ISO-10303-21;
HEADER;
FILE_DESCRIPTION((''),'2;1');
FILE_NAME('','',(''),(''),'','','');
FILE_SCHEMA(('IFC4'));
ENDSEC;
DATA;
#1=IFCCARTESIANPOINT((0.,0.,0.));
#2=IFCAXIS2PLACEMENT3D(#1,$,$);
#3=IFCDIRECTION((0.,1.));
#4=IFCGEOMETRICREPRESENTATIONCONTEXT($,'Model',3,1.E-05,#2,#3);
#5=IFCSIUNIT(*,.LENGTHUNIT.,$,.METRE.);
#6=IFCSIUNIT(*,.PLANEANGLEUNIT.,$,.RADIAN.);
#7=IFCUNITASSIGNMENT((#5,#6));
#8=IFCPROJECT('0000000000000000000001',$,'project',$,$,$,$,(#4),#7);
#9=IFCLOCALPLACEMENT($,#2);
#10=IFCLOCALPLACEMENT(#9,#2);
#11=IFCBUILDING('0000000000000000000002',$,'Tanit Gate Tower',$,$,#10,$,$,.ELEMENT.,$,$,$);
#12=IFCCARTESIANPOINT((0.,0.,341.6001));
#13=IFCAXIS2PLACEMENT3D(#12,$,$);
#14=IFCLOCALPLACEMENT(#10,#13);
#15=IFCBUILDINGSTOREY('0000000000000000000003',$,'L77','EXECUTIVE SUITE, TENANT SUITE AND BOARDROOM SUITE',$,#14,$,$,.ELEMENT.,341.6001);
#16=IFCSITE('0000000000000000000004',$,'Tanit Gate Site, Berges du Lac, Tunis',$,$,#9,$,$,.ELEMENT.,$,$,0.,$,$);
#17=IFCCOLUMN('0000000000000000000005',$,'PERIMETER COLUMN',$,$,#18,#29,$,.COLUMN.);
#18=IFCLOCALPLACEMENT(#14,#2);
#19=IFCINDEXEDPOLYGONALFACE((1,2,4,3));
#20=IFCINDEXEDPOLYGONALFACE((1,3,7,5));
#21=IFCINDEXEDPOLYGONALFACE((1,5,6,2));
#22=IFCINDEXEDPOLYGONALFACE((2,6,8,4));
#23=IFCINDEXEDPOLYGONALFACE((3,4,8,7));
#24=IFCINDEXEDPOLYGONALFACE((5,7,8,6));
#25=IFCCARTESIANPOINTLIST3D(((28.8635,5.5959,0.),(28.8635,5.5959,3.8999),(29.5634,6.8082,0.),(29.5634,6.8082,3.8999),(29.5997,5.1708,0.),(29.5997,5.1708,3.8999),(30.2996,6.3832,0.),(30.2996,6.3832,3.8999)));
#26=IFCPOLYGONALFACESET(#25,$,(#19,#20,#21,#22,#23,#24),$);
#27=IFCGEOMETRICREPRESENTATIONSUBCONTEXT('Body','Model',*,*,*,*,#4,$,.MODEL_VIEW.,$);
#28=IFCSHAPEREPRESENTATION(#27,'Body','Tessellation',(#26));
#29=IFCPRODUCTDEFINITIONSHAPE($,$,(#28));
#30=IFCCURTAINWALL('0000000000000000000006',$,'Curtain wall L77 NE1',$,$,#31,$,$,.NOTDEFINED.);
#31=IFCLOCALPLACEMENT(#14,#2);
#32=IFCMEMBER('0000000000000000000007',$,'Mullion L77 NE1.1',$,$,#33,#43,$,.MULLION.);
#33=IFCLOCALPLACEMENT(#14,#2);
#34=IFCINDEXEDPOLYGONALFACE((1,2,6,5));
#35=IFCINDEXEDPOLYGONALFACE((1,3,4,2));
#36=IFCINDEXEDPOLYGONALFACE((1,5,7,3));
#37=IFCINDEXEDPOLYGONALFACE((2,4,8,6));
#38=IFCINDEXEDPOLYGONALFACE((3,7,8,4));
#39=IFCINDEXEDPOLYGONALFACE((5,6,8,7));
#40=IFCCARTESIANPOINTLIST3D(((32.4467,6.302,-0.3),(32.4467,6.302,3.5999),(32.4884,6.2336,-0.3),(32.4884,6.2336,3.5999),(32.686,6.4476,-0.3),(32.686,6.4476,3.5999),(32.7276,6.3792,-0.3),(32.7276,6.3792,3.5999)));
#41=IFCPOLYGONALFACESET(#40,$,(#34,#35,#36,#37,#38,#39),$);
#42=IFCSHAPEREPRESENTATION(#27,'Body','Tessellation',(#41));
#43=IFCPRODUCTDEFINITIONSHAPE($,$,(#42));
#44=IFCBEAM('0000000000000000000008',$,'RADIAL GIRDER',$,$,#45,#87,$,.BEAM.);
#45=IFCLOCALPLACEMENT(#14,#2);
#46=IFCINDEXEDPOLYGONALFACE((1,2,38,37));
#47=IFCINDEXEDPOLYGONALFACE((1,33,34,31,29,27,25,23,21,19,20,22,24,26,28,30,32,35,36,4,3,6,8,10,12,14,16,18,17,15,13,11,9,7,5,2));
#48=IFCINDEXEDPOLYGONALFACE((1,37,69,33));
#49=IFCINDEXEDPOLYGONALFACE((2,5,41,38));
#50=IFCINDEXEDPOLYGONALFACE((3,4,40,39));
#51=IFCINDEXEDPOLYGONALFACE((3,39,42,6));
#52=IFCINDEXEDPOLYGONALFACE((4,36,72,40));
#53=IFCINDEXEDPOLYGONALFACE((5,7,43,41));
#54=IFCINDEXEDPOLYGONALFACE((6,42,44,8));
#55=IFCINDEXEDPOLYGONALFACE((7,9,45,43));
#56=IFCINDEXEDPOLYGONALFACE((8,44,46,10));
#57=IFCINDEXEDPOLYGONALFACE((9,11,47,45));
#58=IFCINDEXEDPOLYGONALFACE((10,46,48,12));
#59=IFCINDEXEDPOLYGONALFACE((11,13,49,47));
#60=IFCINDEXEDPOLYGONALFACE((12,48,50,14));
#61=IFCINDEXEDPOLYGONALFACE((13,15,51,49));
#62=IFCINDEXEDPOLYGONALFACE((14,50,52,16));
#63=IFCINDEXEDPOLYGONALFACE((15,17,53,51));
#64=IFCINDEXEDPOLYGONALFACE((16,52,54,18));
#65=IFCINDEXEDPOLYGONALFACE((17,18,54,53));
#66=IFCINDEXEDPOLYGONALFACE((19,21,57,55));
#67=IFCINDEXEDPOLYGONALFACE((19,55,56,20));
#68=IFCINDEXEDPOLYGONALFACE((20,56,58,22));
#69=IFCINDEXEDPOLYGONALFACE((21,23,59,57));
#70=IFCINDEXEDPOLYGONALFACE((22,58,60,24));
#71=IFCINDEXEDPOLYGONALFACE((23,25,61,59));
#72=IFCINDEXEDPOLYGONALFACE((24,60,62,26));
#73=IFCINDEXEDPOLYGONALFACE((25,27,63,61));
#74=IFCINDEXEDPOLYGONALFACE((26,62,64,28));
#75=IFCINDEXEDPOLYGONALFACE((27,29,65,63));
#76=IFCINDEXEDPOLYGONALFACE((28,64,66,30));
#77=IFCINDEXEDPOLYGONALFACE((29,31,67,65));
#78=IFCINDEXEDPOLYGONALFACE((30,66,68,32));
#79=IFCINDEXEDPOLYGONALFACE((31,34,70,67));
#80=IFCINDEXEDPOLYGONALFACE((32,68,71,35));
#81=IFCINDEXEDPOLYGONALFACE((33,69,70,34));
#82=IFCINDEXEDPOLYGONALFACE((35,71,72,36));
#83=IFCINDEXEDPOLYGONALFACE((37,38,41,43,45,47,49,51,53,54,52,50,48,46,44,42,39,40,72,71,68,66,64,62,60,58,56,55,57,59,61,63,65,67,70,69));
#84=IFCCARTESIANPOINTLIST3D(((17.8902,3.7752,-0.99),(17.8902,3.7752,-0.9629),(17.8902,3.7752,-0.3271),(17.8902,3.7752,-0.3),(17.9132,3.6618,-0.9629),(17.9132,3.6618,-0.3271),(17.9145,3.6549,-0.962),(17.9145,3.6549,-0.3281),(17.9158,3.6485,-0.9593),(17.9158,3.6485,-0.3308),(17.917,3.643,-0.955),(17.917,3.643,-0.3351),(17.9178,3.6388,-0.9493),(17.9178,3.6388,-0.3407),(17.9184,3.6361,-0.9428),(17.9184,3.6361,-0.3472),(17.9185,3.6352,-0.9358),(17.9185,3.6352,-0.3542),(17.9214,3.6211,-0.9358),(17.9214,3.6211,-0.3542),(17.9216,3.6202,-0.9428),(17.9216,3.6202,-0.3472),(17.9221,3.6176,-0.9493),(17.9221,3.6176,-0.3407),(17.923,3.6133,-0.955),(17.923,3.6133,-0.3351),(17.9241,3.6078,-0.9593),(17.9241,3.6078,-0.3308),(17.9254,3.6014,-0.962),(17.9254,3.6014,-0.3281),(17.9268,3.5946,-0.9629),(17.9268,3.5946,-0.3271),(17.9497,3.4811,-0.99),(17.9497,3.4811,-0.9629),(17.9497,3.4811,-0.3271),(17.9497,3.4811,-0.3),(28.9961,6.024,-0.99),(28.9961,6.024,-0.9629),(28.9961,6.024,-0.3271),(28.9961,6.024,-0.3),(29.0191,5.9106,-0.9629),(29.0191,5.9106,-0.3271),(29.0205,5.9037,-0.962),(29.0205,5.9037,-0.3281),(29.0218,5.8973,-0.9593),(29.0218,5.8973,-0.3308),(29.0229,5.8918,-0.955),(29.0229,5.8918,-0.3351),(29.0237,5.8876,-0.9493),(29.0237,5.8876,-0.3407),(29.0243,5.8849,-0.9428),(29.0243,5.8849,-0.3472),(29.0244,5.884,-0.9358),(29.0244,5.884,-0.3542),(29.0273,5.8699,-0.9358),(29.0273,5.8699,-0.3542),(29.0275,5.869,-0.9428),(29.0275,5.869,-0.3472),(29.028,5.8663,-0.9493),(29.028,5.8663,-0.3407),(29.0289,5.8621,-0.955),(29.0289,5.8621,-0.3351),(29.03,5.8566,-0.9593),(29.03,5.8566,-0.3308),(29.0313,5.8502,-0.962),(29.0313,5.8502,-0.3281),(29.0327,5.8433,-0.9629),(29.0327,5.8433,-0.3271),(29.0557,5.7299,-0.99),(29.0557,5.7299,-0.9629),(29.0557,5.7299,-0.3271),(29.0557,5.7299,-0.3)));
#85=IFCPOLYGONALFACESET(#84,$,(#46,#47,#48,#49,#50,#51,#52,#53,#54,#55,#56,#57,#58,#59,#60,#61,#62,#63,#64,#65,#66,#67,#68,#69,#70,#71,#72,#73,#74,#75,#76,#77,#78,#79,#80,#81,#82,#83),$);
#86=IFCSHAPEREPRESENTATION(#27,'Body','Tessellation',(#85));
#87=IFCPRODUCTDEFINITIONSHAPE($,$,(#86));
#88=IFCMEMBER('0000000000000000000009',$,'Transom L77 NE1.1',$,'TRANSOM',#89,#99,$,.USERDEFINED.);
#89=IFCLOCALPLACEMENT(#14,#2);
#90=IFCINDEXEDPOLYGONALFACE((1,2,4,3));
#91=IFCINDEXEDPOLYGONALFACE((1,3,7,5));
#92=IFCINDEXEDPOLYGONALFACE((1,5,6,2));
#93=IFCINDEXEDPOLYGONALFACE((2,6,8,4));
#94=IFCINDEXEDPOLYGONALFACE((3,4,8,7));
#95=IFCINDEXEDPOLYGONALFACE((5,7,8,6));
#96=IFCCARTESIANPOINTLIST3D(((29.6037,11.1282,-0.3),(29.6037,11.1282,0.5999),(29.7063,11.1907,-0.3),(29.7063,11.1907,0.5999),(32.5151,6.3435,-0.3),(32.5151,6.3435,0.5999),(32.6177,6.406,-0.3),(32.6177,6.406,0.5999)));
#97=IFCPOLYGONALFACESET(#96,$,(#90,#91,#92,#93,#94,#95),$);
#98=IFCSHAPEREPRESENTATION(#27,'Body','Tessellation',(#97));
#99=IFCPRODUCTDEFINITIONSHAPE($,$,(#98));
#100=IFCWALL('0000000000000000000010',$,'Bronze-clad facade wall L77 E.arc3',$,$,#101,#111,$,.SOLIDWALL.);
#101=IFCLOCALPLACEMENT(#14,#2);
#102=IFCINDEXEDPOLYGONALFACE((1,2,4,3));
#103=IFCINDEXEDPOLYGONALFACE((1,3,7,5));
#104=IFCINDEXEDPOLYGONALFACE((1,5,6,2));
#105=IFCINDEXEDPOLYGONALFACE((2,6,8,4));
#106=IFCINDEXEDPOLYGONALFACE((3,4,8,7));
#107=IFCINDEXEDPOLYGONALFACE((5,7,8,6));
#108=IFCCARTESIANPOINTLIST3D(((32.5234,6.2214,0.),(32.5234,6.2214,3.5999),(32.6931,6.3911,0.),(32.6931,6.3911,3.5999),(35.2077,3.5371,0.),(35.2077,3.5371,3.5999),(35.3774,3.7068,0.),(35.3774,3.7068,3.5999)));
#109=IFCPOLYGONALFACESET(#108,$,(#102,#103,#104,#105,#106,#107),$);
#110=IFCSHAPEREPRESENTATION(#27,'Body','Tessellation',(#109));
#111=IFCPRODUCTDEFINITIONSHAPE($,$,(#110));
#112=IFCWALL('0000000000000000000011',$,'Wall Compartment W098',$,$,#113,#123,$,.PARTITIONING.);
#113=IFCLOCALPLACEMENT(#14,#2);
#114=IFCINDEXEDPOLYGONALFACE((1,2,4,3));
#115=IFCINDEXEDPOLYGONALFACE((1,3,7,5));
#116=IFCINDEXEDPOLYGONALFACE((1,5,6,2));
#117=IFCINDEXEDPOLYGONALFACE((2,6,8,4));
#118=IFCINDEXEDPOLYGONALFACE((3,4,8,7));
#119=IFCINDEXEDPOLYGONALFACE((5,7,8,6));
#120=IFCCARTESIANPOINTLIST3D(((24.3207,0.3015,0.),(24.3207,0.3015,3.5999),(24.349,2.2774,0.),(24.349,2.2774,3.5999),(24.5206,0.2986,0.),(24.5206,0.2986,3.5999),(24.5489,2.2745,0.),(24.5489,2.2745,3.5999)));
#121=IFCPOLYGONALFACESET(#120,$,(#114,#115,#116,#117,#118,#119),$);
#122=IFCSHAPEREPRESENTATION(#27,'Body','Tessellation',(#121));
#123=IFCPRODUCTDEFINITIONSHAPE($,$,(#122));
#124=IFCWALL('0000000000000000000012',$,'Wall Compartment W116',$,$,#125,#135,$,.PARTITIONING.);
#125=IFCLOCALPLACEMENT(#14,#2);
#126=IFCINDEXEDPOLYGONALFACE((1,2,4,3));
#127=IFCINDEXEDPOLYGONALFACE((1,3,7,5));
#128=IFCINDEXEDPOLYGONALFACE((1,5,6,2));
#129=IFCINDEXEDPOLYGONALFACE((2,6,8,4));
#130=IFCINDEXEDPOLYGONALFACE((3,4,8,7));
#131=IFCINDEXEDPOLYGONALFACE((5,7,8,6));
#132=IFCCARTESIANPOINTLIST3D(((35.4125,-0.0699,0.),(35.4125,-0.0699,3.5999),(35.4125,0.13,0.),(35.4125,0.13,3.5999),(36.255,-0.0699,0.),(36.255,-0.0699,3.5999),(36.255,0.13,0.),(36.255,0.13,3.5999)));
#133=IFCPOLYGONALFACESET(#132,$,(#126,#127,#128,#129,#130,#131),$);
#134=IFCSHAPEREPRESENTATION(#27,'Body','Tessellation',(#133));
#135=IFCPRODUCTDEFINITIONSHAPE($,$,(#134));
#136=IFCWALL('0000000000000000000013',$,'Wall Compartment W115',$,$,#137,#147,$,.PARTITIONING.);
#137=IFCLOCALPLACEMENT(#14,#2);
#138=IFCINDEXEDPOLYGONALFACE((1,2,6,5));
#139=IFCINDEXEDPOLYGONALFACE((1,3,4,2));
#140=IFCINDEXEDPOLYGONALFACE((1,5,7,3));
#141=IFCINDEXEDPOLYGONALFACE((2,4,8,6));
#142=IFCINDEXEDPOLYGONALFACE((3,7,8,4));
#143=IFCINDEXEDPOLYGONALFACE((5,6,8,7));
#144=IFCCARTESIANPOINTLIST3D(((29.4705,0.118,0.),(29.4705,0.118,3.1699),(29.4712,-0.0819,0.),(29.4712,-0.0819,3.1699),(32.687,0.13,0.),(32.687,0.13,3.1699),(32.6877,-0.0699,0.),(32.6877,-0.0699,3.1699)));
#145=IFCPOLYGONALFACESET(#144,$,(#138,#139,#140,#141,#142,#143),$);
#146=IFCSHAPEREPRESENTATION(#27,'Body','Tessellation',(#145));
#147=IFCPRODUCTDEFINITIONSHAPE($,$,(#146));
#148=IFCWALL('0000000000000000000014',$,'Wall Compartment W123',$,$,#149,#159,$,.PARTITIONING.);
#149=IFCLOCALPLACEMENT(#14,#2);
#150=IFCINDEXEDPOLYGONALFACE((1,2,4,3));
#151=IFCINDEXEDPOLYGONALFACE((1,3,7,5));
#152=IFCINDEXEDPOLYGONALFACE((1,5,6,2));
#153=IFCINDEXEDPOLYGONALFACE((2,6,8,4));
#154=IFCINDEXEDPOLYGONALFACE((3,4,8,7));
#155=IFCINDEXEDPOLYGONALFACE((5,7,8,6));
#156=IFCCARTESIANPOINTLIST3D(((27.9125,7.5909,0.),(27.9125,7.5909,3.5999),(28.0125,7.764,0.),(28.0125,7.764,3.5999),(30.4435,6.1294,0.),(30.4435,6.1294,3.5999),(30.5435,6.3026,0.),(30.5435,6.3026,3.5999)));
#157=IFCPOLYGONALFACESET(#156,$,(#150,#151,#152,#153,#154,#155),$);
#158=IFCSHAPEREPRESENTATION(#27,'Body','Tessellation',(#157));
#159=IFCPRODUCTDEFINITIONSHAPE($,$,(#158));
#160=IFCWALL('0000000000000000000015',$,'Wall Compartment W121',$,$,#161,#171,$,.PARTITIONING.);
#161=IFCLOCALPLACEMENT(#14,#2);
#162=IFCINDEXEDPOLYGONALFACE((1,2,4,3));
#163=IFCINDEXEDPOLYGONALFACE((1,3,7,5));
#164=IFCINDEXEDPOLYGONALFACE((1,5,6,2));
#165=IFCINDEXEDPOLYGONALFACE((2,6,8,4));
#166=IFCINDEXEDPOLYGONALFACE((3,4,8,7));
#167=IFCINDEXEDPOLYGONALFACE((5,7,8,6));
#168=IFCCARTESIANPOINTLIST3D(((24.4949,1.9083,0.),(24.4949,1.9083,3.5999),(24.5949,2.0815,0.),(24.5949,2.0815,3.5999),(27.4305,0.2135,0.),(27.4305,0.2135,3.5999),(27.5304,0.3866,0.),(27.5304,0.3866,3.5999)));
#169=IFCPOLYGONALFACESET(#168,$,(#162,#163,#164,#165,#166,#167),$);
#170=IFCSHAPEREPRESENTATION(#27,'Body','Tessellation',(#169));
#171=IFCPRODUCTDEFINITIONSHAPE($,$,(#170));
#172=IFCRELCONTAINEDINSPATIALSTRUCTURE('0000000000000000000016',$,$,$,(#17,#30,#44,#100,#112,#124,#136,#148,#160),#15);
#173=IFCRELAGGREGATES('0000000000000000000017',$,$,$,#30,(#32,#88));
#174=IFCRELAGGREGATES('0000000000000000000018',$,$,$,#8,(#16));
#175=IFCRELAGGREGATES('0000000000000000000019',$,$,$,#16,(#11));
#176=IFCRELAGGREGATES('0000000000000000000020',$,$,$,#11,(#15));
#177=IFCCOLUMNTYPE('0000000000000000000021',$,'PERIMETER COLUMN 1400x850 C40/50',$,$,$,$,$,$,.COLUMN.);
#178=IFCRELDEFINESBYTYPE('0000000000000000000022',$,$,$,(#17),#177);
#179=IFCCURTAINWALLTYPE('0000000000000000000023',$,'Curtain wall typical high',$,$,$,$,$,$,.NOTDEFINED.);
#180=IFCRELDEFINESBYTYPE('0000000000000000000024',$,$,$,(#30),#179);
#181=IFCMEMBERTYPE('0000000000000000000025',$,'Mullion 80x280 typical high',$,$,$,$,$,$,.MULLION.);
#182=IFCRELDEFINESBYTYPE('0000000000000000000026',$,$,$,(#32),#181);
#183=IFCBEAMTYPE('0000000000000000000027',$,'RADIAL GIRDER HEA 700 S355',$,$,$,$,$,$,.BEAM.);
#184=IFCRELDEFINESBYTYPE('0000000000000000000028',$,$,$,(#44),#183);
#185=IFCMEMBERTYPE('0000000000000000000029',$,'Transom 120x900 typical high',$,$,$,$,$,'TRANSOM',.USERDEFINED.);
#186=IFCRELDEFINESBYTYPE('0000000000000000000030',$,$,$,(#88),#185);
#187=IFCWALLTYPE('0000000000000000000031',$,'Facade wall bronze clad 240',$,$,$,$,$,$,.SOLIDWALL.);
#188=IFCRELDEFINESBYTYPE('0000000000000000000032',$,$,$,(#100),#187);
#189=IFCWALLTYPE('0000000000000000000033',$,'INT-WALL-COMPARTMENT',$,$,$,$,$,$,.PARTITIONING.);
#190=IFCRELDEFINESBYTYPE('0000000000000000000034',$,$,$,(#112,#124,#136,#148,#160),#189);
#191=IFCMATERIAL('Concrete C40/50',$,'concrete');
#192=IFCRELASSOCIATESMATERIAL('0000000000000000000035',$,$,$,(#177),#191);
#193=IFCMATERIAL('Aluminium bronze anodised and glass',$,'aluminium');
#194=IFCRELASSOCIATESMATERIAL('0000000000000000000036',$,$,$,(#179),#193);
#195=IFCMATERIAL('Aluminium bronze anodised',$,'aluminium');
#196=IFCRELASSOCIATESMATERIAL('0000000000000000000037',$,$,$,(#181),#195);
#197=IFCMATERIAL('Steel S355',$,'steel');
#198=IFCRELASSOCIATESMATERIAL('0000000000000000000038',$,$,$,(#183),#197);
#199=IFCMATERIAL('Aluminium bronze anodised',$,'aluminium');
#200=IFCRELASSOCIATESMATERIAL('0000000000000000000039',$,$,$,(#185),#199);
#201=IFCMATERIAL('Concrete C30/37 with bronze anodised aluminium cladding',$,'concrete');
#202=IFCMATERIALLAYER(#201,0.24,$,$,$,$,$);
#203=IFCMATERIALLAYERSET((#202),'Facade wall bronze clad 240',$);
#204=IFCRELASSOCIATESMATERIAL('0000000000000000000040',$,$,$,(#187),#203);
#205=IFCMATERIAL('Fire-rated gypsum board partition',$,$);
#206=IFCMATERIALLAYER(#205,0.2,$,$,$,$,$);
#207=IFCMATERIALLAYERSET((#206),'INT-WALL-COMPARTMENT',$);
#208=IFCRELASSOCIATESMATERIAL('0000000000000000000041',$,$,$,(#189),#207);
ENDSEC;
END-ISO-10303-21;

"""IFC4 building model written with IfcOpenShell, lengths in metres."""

from ifc_helpers import new_model, si_unit, direction, frame, frame_2d, origin, origin_2d, place, context, subcontext, project, spatial, rectangle, i_section, extrude, material, layer, layer_set, material_profile, profile_set, type_object, element, aggregate, save


model = new_model("IFC4")

# Units and contexts
model_context = context("Model", 3, precision=1e-05, world=origin(), true_north=direction((0.0, 1.0)))
body_context = subcontext(model_context, "Body", "Model", "MODEL_VIEW")
ifc_project = project(units=[si_unit("LENGTHUNIT", "METRE"), si_unit("PLANEANGLEUNIT", "RADIAN")], contexts=[model_context])

# Site, building, storey
site_placement = place(None, origin())
site = spatial("IfcSite", under=ifc_project, at=site_placement, Name="Tanit Gate Site, Berges du Lac, Tunis", CompositionType="ELEMENT", RefElevation=0.0)
building_placement = place(site_placement, origin())
building = spatial("IfcBuilding", under=site, at=building_placement, Name="Tanit Gate Tower", CompositionType="ELEMENT")
storey_placement = place(building_placement, frame((0.0, 0.0, 341.6001)))
storey = spatial("IfcBuildingStorey", under=building, at=storey_placement, Name="L77", Description="EXECUTIVE SUITE, TENANT SUITE AND BOARDROOM SUITE", CompositionType="ELEMENT", Elevation=341.6001)

# Column
ifc_material_1 = material(Name="Concrete C40/50", Category="concrete")
ifc_material_profile_1 = material_profile(ifc_material_1, rectangle(XDim=1.3999, YDim=0.8501, at=origin_2d()), Name="RC 1400x850")
ifc_profile_set_1 = profile_set([ifc_material_profile_1], Name="Concrete C40/50")
column_type = type_object("IfcColumnType", Name="PERIMETER COLUMN 1400x850 C40/50", PredefinedType="COLUMN", material=ifc_profile_set_1)
column_placement = place(storey_placement, frame((29.5815, 5.9895, 0.0), z_axis=(0.0, 0.0, 1.0), x_axis=(0.5, 0.866025, 0.0)))
element("IfcColumn", 1, at=column_placement, inside=storey, type_object=column_type, Name="PERIMETER COLUMN", PredefinedType="COLUMN", context=body_context, shape_type="SweptSolid", body=[
    extrude(rectangle(XDim=1.3999, YDim=0.8501, at=origin_2d()), origin(), (0.0, 0.0, 1.0), 3.8999),
])

# Curtain wall, member
ifc_material_2 = material(Name="Aluminium bronze anodised and glass", Category="aluminium")
curtain_wall_type = type_object("IfcCurtainWallType", Name="Curtain wall typical high", PredefinedType="NOTDEFINED", material=ifc_material_2)
curtain_wall_placement = place(storey_placement, origin())
curtain_wall = element("IfcCurtainWall", 2, at=curtain_wall_placement, inside=storey, type_object=curtain_wall_type, Name="Curtain wall L77 NE1", PredefinedType="NOTDEFINED")
ifc_material_3 = material(Name="Aluminium bronze anodised", Category="aluminium")
ifc_material_profile_2 = material_profile(ifc_material_3, rectangle(XDim=0.28, YDim=0.0801, at=origin_2d()), Name="80x280 bronze mullion")
ifc_profile_set_2 = profile_set([ifc_material_profile_2], Name="Aluminium bronze anodised")
member_type_1 = type_object("IfcMemberType", Name="Mullion 80x280 typical high", PredefinedType="MULLION", material=ifc_profile_set_2)
member_1_placement = place(storey_placement, frame((32.5872, 6.3406, -0.3), z_axis=(0.0, 0.0, 1.0), x_axis=(-0.854276, -0.51982, 0.0)))
member_1 = element("IfcMember", 3, at=member_1_placement, type_object=member_type_1, Name="Mullion L77 NE1.1", PredefinedType="MULLION", context=body_context, shape_type="SweptSolid", body=[
    extrude(rectangle(XDim=0.28, YDim=0.0801, at=origin_2d()), origin(), (0.0, 0.0, 1.0), 3.8999),
])

# Beam
ifc_material_4 = material(Name="Steel S355", Category="steel")
ifc_material_profile_3 = material_profile(ifc_material_4, i_section(OverallWidth=0.3, OverallDepth=0.6899, WebThickness=0.0144, FlangeThickness=0.0271, FilletRadius=0.0271, at=origin_2d()), Name="HEA 700")
ifc_profile_set_3 = profile_set([ifc_material_profile_3], Name="Steel S355")
beam_type = type_object("IfcBeamType", Name="RADIAL GIRDER HEA 700 S355", PredefinedType="BEAM", material=ifc_profile_set_3)
beam_placement = place(storey_placement, frame((29.0259, 5.877, -0.645), z_axis=(-0.98011, -0.198457, 0.0), x_axis=(0.198457, -0.98011, 0.0)))
element("IfcBeam", 4, at=beam_placement, inside=storey, type_object=beam_type, Name="RADIAL GIRDER", PredefinedType="BEAM", context=body_context, shape_type="SweptSolid", body=[
    extrude(i_section(OverallWidth=0.3, OverallDepth=0.6899, WebThickness=0.0144, FlangeThickness=0.0271, FilletRadius=0.0271, at=origin_2d()), origin(), (0.0, 0.0, 1.0), 11.3313),
])

# Member
ifc_material_5 = material(Name="Aluminium bronze anodised", Category="aluminium")
ifc_material_profile_4 = material_profile(ifc_material_5, rectangle(XDim=0.1201, YDim=0.8999, at=origin_2d()), Name="120x900 bronze transom")
ifc_profile_set_4 = profile_set([ifc_material_profile_4], Name="Aluminium bronze anodised")
member_type_2 = type_object("IfcMemberType", Name="Transom 120x900 typical high", ElementType="TRANSOM", PredefinedType="USERDEFINED", material=ifc_profile_set_4)
member_2_placement = place(storey_placement, frame((32.5664, 6.3748, 0.1499), z_axis=(-0.519813, 0.85428, 0.0), x_axis=(-0.85428, -0.519813, 0.0)))
member_2 = element("IfcMember", 5, at=member_2_placement, type_object=member_type_2, Name="Transom L77 NE1.1", ObjectType="TRANSOM", PredefinedType="USERDEFINED", context=body_context, shape_type="SweptSolid", body=[
    extrude(rectangle(XDim=0.1201, YDim=0.8999, at=origin_2d()), origin(), (0.0, 0.0, 1.0), 5.6008),
])
aggregate(curtain_wall, [member_1, member_2])

# Walls
ifc_material_6 = material(Name="Concrete C30/37 with bronze anodised aluminium cladding", Category="concrete")
ifc_layer_1 = layer(ifc_material_6, 0.24)
ifc_layer_set_1 = layer_set([ifc_layer_1], Name="Facade wall bronze clad 240")
wall_type_1 = type_object("IfcWallType", Name="Facade wall bronze clad 240", PredefinedType="SOLIDWALL", material=ifc_layer_set_1)
wall_1_placement = place(storey_placement, frame((35.2925, 3.6221, 0.0), z_axis=(0.0, 0.0, 1.0), x_axis=(-0.707107, 0.707107, 0.0)))
element("IfcWall", 6, at=wall_1_placement, inside=storey, type_object=wall_type_1, Name="Bronze-clad facade wall L77 E.arc3", PredefinedType="SOLIDWALL", context=body_context, shape_type="SweptSolid", body=[
    extrude(rectangle(XDim=3.7961, YDim=0.24, at=frame_2d((1.8979, 0.0))), origin(), (0.0, 0.0, 1.0), 3.5999),
])
ifc_material_7 = material(Name="Fire-rated gypsum board partition")
ifc_layer_2 = layer(ifc_material_7, 0.2)
ifc_layer_set_2 = layer_set([ifc_layer_2], Name="INT-WALL-COMPARTMENT")
wall_type_2 = type_object("IfcWallType", Name="INT-WALL-COMPARTMENT", PredefinedType="PARTITIONING", material=ifc_layer_set_2)
wall_2_placement = place(storey_placement, frame((24.4207, 0.3, 0.0), z_axis=(0.0, 0.0, 1.0), x_axis=(0.014332, 0.999897, 0.0)))
element("IfcWall", 7, at=wall_2_placement, inside=storey, type_object=wall_type_2, Name="Wall Compartment W098", PredefinedType="PARTITIONING", context=body_context, shape_type="SweptSolid", body=[
    extrude(rectangle(XDim=1.9761, YDim=0.2, at=frame_2d((0.988, 0.0))), origin(), (0.0, 0.0, 1.0), 3.5999),
])
wall_3_placement = place(storey_placement, frame((35.4124, 0.03, 0.0), z_axis=(0.0, 0.0, 1.0), x_axis=(1.0, 0.0, 0.0)))
element("IfcWall", 8, at=wall_3_placement, inside=storey, type_object=wall_type_2, Name="Wall Compartment W116", PredefinedType="PARTITIONING", context=body_context, shape_type="SweptSolid", body=[
    extrude(rectangle(XDim=0.8425, YDim=0.2, at=frame_2d((0.4214, 0.0))), origin(), (0.0, 0.0, 1.0), 3.5999),
])
wall_4_placement = place(storey_placement, frame((29.4707, 0.0181, 0.0), z_axis=(0.0, 0.0, 1.0), x_axis=(0.999993, 0.003719, 0.0)))
element("IfcWall", 9, at=wall_4_placement, inside=storey, type_object=wall_type_2, Name="Wall Compartment W115", PredefinedType="PARTITIONING", context=body_context, shape_type="SweptSolid", body=[
    extrude(rectangle(XDim=3.2166, YDim=0.2, at=frame_2d((1.6084, 0.0))), origin(), (0.0, 0.0, 1.0), 3.1699),
])
wall_5_placement = place(storey_placement, frame((27.9624, 7.6775, 0.0), z_axis=(0.0, 0.0, 1.0), x_axis=(0.866003, -0.500038, 0.0)))
element("IfcWall", 10, at=wall_5_placement, inside=storey, type_object=wall_type_2, Name="Wall Compartment W123", PredefinedType="PARTITIONING", context=body_context, shape_type="SweptSolid", body=[
    extrude(rectangle(XDim=2.9226, YDim=0.2, at=frame_2d((1.4614, 0.0))), origin(), (0.0, 0.0, 1.0), 3.5999),
])
wall_6_placement = place(storey_placement, frame((24.5449, 1.9949, 0.0), z_axis=(0.0, 0.0, 1.0), x_axis=(0.866027, -0.499997, 0.0)))
element("IfcWall", 11, at=wall_6_placement, inside=storey, type_object=wall_type_2, Name="Wall Compartment W121", PredefinedType="PARTITIONING", context=body_context, shape_type="SweptSolid", body=[
    extrude(rectangle(XDim=3.3896, YDim=0.2, at=frame_2d((1.6948, 0.0))), origin(), (0.0, 0.0, 1.0), 3.5999),
])

save(model, "model.ifc")
